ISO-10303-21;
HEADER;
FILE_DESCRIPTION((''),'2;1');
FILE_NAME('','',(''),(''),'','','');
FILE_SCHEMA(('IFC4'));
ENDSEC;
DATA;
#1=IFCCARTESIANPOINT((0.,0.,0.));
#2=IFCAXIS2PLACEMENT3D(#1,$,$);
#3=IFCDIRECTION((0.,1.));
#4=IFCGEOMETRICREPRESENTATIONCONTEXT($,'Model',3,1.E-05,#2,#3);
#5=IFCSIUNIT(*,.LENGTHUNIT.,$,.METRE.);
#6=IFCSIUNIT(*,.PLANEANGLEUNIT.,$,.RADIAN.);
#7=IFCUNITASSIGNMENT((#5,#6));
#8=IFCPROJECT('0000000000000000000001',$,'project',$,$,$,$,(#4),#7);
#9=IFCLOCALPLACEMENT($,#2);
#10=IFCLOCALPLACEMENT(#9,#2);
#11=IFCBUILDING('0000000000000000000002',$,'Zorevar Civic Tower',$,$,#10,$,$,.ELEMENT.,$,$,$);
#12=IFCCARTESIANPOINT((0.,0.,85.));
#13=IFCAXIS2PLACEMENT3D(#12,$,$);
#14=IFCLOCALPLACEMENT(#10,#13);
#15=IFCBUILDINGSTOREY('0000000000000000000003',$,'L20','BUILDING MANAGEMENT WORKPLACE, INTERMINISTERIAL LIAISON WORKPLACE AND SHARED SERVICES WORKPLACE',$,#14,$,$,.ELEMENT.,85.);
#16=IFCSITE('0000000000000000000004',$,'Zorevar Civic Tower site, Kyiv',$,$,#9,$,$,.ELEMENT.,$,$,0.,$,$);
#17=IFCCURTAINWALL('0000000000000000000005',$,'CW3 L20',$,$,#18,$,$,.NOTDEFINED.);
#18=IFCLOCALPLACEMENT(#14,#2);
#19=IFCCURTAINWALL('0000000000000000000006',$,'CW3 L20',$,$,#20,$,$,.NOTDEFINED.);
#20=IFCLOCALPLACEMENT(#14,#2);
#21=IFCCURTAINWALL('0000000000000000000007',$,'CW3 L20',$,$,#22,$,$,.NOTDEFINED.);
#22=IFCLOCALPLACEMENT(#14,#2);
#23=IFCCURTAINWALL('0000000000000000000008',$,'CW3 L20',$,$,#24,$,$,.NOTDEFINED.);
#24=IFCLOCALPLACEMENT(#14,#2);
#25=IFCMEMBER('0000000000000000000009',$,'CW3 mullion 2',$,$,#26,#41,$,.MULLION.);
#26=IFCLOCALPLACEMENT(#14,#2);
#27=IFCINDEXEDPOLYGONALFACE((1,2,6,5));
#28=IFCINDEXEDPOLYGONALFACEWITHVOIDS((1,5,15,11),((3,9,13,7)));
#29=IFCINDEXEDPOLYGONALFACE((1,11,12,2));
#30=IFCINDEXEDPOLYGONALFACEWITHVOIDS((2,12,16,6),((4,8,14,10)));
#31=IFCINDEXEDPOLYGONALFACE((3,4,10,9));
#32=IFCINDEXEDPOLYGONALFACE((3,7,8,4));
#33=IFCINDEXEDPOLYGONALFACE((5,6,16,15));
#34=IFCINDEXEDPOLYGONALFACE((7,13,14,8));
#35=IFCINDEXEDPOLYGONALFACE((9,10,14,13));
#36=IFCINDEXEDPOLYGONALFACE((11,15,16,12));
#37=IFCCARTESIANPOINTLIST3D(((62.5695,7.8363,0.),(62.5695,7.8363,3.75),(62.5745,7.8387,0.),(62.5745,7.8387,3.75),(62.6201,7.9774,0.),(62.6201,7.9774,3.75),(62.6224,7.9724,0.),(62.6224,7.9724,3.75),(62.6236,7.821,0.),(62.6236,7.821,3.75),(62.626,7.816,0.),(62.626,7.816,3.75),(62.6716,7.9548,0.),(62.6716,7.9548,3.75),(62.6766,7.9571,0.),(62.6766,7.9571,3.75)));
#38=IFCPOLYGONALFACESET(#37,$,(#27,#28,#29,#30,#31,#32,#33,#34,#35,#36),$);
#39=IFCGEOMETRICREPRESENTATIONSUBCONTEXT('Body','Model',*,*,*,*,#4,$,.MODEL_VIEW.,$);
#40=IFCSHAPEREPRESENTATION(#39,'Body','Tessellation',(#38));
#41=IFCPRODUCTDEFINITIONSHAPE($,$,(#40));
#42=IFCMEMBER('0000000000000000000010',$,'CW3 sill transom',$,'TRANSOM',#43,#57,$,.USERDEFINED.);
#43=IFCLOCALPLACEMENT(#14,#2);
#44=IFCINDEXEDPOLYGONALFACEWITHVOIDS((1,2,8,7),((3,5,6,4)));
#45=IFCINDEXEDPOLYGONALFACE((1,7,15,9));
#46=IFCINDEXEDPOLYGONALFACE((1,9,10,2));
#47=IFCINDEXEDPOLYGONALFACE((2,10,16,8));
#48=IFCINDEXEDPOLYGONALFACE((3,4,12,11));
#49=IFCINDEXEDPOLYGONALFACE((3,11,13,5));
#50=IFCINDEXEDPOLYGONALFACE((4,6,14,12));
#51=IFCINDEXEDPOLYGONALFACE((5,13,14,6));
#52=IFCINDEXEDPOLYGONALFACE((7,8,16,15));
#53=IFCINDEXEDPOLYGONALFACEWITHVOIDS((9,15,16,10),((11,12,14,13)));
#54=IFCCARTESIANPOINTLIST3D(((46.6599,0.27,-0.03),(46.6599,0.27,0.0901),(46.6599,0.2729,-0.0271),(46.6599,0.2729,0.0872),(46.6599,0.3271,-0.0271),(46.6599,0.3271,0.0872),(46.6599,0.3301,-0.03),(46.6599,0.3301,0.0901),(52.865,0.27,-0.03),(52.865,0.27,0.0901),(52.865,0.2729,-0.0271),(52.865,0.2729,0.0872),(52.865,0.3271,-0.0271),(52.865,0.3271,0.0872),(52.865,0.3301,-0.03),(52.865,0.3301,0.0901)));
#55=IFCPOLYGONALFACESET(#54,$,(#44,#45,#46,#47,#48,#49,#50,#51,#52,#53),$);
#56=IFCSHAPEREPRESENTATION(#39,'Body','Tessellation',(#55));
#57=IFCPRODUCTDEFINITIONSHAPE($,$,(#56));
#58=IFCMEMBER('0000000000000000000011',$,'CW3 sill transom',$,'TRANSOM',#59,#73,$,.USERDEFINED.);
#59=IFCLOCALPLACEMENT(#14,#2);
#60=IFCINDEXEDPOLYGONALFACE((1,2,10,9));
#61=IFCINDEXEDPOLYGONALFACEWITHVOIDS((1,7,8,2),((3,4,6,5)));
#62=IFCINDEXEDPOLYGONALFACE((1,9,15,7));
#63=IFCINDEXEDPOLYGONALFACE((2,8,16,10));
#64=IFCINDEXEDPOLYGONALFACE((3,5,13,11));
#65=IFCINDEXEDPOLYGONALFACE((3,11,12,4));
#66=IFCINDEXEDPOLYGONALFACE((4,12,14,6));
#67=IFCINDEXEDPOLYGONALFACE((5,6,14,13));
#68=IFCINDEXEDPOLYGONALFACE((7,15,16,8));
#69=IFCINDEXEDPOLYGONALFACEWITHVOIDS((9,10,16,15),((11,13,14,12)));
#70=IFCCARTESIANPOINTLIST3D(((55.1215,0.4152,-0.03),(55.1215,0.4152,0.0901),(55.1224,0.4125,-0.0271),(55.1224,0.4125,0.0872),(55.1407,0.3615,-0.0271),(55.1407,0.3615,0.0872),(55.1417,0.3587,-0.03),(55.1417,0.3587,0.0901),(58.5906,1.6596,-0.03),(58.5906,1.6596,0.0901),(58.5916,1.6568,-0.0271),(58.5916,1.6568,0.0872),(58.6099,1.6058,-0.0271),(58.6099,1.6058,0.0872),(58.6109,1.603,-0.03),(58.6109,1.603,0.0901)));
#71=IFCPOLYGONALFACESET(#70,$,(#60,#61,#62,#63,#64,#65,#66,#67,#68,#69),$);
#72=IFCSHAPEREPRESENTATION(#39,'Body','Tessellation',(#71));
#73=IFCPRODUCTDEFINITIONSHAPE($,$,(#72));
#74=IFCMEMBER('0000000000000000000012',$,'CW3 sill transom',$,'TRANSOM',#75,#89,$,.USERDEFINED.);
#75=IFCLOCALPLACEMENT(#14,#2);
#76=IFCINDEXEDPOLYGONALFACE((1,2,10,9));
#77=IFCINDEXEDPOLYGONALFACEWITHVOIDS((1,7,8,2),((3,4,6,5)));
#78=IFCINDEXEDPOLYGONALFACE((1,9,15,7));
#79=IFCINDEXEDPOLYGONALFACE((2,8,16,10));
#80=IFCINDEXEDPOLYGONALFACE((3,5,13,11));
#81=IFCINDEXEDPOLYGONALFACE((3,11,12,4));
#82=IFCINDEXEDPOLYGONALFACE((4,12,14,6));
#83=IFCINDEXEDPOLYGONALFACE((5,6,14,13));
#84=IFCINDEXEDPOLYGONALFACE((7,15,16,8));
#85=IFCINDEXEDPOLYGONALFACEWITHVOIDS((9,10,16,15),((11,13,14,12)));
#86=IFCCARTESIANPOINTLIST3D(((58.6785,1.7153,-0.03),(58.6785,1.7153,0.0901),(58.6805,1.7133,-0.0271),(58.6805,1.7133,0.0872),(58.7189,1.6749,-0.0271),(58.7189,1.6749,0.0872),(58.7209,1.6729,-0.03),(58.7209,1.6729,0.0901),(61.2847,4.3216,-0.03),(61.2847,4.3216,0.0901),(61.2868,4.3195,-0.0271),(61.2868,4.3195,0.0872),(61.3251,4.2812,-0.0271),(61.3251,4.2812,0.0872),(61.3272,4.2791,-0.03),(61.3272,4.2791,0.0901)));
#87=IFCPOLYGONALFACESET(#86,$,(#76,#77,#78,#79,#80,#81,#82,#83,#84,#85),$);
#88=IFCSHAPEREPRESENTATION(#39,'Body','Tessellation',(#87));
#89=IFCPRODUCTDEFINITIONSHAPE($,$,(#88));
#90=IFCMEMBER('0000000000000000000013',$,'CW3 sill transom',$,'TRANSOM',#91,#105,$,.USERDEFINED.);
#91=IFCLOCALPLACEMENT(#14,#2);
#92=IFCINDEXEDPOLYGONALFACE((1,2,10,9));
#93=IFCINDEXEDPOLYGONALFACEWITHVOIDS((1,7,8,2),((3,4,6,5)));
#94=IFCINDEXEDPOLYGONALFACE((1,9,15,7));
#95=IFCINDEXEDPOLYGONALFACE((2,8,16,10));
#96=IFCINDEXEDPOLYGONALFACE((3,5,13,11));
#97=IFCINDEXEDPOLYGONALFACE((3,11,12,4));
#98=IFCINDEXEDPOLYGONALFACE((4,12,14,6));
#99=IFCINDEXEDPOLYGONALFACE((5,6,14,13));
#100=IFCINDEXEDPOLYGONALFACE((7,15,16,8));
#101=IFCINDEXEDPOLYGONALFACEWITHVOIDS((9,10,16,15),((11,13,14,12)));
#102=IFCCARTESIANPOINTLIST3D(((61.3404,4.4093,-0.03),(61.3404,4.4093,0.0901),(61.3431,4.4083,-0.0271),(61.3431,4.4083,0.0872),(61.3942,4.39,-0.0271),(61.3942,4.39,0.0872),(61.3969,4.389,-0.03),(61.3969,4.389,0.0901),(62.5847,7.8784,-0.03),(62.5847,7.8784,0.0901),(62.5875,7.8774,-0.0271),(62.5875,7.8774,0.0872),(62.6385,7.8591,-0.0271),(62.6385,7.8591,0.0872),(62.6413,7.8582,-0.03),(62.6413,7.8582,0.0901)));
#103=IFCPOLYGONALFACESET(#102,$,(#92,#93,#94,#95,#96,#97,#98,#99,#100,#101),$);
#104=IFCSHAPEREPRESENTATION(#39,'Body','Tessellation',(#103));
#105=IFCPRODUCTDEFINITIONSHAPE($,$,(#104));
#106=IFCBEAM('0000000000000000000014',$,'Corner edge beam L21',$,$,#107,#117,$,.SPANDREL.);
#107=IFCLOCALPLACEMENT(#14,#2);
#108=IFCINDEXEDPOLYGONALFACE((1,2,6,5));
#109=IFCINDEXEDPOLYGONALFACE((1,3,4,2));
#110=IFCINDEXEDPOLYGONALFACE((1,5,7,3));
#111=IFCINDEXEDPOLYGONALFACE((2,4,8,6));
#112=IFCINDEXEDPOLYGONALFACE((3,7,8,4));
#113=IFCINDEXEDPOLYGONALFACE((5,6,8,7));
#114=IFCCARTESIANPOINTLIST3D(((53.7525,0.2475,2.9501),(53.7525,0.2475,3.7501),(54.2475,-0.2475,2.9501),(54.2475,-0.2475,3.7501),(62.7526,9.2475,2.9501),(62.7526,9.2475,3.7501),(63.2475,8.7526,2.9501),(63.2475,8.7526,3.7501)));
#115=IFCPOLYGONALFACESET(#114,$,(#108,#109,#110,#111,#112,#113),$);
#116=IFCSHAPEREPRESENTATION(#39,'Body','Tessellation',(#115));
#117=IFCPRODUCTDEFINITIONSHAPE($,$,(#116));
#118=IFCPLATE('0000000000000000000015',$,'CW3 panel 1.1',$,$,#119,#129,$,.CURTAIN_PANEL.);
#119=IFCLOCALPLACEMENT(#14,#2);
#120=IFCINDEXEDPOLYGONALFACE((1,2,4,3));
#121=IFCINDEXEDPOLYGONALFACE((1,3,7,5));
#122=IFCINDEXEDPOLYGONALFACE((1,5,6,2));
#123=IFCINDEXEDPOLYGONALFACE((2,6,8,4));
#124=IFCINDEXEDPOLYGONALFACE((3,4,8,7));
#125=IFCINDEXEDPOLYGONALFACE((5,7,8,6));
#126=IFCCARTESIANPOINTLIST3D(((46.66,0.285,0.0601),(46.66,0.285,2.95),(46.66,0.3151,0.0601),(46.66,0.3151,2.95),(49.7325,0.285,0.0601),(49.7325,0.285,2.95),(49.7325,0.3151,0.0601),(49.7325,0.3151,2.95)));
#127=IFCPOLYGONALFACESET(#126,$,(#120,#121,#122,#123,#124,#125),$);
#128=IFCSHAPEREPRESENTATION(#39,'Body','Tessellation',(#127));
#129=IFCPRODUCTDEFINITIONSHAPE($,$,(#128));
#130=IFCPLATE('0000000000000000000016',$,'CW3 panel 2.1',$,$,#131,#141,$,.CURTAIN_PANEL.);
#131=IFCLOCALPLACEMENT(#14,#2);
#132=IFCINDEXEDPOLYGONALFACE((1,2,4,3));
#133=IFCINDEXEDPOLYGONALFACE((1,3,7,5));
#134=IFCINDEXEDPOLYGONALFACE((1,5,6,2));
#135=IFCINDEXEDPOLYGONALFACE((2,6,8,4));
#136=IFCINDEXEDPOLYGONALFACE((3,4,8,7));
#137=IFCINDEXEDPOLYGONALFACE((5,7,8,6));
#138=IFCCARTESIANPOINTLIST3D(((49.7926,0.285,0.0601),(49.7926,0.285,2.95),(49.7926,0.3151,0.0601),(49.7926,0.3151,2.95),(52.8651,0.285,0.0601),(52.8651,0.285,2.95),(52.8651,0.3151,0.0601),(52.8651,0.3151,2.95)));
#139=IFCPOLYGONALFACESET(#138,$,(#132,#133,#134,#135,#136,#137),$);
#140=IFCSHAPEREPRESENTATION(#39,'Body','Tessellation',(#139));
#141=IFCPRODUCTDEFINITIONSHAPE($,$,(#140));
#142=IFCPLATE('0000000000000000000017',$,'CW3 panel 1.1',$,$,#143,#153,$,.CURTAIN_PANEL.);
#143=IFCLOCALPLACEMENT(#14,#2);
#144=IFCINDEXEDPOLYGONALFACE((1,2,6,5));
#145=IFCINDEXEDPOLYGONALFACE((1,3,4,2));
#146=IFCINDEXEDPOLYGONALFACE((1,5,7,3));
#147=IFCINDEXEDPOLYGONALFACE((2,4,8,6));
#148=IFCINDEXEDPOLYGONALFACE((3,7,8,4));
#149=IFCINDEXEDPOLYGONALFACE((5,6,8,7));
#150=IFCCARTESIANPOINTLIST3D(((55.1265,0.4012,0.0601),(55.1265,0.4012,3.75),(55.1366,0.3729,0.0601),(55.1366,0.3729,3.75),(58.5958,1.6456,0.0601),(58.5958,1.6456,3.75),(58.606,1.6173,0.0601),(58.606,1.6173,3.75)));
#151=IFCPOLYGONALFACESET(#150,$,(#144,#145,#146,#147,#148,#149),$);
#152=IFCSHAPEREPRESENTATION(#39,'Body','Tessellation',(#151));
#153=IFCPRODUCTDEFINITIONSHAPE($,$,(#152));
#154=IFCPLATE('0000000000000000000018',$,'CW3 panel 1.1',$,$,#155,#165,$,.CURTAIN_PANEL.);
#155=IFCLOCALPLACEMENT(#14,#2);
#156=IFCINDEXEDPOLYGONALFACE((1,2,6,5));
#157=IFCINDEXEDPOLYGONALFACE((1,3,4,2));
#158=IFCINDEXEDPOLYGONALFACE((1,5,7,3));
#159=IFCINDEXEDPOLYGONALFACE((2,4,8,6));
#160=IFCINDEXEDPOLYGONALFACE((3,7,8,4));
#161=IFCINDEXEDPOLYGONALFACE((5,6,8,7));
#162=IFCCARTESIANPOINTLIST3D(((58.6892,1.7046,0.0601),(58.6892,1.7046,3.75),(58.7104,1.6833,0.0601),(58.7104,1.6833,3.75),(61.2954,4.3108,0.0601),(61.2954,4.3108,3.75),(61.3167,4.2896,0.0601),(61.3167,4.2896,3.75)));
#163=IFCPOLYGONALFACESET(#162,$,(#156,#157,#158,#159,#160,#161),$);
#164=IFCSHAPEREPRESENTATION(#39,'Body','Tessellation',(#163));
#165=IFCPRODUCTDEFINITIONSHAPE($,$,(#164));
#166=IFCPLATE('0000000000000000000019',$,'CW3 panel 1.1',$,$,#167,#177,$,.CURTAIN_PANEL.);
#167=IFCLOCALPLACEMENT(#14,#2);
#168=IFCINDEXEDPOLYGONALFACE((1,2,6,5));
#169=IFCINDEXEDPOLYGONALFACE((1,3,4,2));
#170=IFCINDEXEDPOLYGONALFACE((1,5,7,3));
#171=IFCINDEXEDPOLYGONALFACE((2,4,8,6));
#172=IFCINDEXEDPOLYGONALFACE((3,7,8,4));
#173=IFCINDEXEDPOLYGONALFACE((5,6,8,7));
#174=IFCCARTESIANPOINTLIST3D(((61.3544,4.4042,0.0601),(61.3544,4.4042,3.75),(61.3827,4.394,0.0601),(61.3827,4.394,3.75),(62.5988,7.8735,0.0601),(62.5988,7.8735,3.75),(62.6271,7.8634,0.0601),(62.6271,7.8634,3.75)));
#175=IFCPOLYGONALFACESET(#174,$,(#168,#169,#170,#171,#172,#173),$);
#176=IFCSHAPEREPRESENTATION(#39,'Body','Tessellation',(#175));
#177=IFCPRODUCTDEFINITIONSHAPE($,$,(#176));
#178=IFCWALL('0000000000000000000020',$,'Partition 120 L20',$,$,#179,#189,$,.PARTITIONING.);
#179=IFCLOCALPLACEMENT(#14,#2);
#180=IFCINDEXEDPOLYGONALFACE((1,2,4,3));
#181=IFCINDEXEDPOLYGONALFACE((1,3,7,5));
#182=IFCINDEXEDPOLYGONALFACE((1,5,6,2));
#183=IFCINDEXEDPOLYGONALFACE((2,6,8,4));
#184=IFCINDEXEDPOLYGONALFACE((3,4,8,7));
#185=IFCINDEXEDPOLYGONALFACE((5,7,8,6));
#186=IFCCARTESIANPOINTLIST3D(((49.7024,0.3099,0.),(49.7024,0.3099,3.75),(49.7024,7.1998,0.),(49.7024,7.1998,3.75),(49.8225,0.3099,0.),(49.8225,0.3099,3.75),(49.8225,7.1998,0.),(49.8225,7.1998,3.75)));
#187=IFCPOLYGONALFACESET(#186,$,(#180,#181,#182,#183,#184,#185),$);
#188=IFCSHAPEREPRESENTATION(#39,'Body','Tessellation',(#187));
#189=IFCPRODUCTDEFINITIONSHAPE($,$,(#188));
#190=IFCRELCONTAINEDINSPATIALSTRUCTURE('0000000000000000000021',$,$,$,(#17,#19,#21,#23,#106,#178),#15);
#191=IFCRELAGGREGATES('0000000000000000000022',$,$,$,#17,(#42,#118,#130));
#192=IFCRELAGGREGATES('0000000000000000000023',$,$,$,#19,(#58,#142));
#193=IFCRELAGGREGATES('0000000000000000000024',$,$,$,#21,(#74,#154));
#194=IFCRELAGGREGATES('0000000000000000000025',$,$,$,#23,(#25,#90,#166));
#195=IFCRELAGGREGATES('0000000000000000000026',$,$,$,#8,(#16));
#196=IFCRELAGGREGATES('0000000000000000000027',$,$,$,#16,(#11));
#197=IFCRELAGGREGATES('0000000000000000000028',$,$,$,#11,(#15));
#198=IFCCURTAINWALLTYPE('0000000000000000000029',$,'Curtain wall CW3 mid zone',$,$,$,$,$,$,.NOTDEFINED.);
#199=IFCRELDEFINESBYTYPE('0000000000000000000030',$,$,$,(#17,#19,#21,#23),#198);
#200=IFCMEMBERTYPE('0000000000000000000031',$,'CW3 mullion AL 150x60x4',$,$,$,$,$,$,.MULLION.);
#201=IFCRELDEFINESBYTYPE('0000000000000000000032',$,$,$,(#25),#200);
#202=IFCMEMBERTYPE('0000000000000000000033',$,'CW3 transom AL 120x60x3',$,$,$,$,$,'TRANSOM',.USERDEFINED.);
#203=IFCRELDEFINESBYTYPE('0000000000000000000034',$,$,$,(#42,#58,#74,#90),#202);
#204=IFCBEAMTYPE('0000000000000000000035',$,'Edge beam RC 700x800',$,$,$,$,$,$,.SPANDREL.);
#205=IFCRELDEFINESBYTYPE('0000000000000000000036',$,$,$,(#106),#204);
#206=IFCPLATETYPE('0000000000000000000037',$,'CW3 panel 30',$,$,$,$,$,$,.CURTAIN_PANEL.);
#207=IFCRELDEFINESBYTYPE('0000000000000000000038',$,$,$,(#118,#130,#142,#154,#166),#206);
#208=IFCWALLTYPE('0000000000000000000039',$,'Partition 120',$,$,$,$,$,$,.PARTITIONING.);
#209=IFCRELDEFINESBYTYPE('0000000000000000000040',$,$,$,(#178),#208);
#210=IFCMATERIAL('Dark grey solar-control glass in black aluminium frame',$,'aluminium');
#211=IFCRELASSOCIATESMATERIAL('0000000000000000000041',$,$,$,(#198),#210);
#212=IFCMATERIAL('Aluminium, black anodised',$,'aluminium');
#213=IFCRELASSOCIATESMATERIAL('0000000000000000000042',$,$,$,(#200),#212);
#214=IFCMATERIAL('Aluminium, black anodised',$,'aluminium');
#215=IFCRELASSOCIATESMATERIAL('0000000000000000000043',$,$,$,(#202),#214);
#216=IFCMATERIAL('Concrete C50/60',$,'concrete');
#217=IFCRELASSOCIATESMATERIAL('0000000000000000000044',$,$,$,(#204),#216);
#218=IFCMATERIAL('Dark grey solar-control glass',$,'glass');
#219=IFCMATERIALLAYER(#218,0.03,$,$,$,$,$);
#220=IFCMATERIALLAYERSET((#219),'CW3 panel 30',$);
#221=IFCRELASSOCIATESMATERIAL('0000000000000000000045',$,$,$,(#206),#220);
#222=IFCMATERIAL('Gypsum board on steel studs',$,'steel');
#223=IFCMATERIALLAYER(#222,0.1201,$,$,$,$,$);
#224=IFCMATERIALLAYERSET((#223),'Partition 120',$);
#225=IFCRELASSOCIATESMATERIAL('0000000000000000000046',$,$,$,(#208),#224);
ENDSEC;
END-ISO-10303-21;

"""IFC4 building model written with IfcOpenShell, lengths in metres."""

from ifc_helpers import new_model, si_unit, direction, frame, frame_2d, origin, origin_2d, place, context, subcontext, project, spatial, rectangle, hollow_rectangle, extrude, material, layer, layer_set, material_profile, profile_set, type_object, element, aggregate, save


model = new_model("IFC4")

# Units and contexts
model_context = context("Model", 3, precision=1e-05, world=origin(), true_north=direction((0.0, 1.0)))
body_context = subcontext(model_context, "Body", "Model", "MODEL_VIEW")
ifc_project = project(units=[si_unit("LENGTHUNIT", "METRE"), si_unit("PLANEANGLEUNIT", "RADIAN")], contexts=[model_context])

# Site, building, storey
site_placement = place(None, origin())
site = spatial("IfcSite", under=ifc_project, at=site_placement, Name="Zorevar Civic Tower site, Kyiv", CompositionType="ELEMENT", RefElevation=0.0)
building_placement = place(site_placement, origin())
building = spatial("IfcBuilding", under=site, at=building_placement, Name="Zorevar Civic Tower", CompositionType="ELEMENT")
storey_placement = place(building_placement, frame((0.0, 0.0, 85.0)))
storey = spatial("IfcBuildingStorey", under=building, at=storey_placement, Name="L20", Description="BUILDING MANAGEMENT WORKPLACE, INTERMINISTERIAL LIAISON WORKPLACE AND SHARED SERVICES WORKPLACE", CompositionType="ELEMENT", Elevation=85.0)

# Curtain walls, member
ifc_material_1 = material(Name="Dark grey solar-control glass in black aluminium frame", Category="aluminium")
curtain_wall_type = type_object("IfcCurtainWallType", Name="Curtain wall CW3 mid zone", PredefinedType="NOTDEFINED", material=ifc_material_1)
curtain_wall_1_placement = place(storey_placement, origin())
curtain_wall_1 = element("IfcCurtainWall", 1, at=curtain_wall_1_placement, inside=storey, type_object=curtain_wall_type, Name="CW3 L20", PredefinedType="NOTDEFINED")
ifc_material_2 = material(Name="Aluminium, black anodised", Category="aluminium")
ifc_material_profile_1 = material_profile(ifc_material_2, hollow_rectangle(XDim=0.0601, YDim=0.1499, WallThickness=0.0039, at=origin_2d()), Name="AL 150x60x4")
ifc_profile_set_1 = profile_set([ifc_material_profile_1], Name="Aluminium, black anodised")
member_type_1 = type_object("IfcMemberType", Name="CW3 mullion AL 150x60x4", PredefinedType="MULLION", material=ifc_profile_set_1)
curtain_wall_2_placement = place(storey_placement, origin())
curtain_wall_2 = element("IfcCurtainWall", 2, at=curtain_wall_2_placement, inside=storey, type_object=curtain_wall_type, Name="CW3 L20", PredefinedType="NOTDEFINED")
curtain_wall_3_placement = place(storey_placement, origin())
curtain_wall_3 = element("IfcCurtainWall", 3, at=curtain_wall_3_placement, inside=storey, type_object=curtain_wall_type, Name="CW3 L20", PredefinedType="NOTDEFINED")
curtain_wall_4_placement = place(storey_placement, origin())
curtain_wall_4 = element("IfcCurtainWall", 4, at=curtain_wall_4_placement, inside=storey, type_object=curtain_wall_type, Name="CW3 L20", PredefinedType="NOTDEFINED")
member_1_placement = place(storey_placement, frame((62.623, 7.8967, 0.0), z_axis=(0.0, 0.0, 1.0), x_axis=(-0.941282, 0.337623, 0.0)))
member_1 = element("IfcMember", 5, at=member_1_placement, type_object=member_type_1, Name="CW3 mullion 2", PredefinedType="MULLION", context=body_context, shape_type="SweptSolid", body=[
    extrude(hollow_rectangle(XDim=0.0601, YDim=0.1499, WallThickness=0.0039, at=origin_2d()), origin(), (0.0, 0.0, 1.0), 3.75),
])

# Members
ifc_material_3 = material(Name="Aluminium, black anodised", Category="aluminium")
ifc_material_profile_2 = material_profile(ifc_material_3, hollow_rectangle(XDim=0.0601, YDim=0.1201, WallThickness=0.0029, at=origin_2d()), Name="AL 120x60x3")
ifc_profile_set_2 = profile_set([ifc_material_profile_2], Name="Aluminium, black anodised")
member_type_2 = type_object("IfcMemberType", Name="CW3 transom AL 120x60x3", ElementType="TRANSOM", PredefinedType="USERDEFINED", material=ifc_profile_set_2)
member_2_placement = place(storey_placement, frame((46.6599, 0.3, 0.03), z_axis=(1.0, 0.0, 0.0), x_axis=(0.0, 1.0, 0.0)))
member_2 = element("IfcMember", 6, at=member_2_placement, type_object=member_type_2, Name="CW3 sill transom", ObjectType="TRANSOM", PredefinedType="USERDEFINED", context=body_context, shape_type="SweptSolid", body=[
    extrude(hollow_rectangle(XDim=0.0601, YDim=0.1201, WallThickness=0.0029, at=origin_2d()), origin(), (0.0, 0.0, 1.0), 6.2051),
])
member_3_placement = place(storey_placement, frame((55.1316, 0.387, 0.03), z_axis=(0.941279, 0.337629, 0.0), x_axis=(-0.337629, 0.941279, 0.0)))
member_3 = element("IfcMember", 7, at=member_3_placement, type_object=member_type_2, Name="CW3 sill transom", ObjectType="TRANSOM", PredefinedType="USERDEFINED", context=body_context, shape_type="SweptSolid", body=[
    extrude(hollow_rectangle(XDim=0.0601, YDim=0.1201, WallThickness=0.0029, at=origin_2d()), origin(), (0.0, 0.0, 1.0), 3.6855),
])
member_4_placement = place(storey_placement, frame((58.6997, 1.6941, 0.03), z_axis=(0.707107, 0.707107, 0.0), x_axis=(-0.707107, 0.707107, 0.0)))
member_4 = element("IfcMember", 8, at=member_4_placement, type_object=member_type_2, Name="CW3 sill transom", ObjectType="TRANSOM", PredefinedType="USERDEFINED", context=body_context, shape_type="SweptSolid", body=[
    extrude(hollow_rectangle(XDim=0.0601, YDim=0.1201, WallThickness=0.0029, at=origin_2d()), origin(), (0.0, 0.0, 1.0), 3.6858),
])
member_5_placement = place(storey_placement, frame((61.3687, 4.3992, 0.03), z_axis=(0.337629, 0.941279, 0.0), x_axis=(-0.941279, 0.337629, 0.0)))
member_5 = element("IfcMember", 9, at=member_5_placement, type_object=member_type_2, Name="CW3 sill transom", ObjectType="TRANSOM", PredefinedType="USERDEFINED", context=body_context, shape_type="SweptSolid", body=[
    extrude(hollow_rectangle(XDim=0.0601, YDim=0.1201, WallThickness=0.0029, at=origin_2d()), origin(), (0.0, 0.0, 1.0), 3.6855),
])

# Beam
ifc_material_4 = material(Name="Concrete C50/60", Category="concrete")
ifc_material_profile_3 = material_profile(ifc_material_4, rectangle(XDim=0.7, YDim=0.8, at=origin_2d()), Name="RC 700x800")
ifc_profile_set_3 = profile_set([ifc_material_profile_3], Name="Concrete C50/60")
beam_type_1 = type_object("IfcBeamType", Name="Edge beam RC 700x800", PredefinedType="SPANDREL", material=ifc_profile_set_3)
beam_1_placement = place(storey_placement, frame((54.0, 0.0, 3.3501), z_axis=(0.707107, 0.707107, 0.0), x_axis=(-0.707107, 0.707107, 0.0)))
element("IfcBeam", 10, at=beam_1_placement, inside=storey, type_object=beam_type_1, Name="Corner edge beam L21", PredefinedType="SPANDREL", context=body_context, shape_type="SweptSolid", body=[
    extrude(rectangle(XDim=0.7, YDim=0.8, at=origin_2d()), origin(), (0.0, 0.0, 1.0), 12.728),
])

# Plates
ifc_material_5 = material(Name="Dark grey solar-control glass", Category="glass")
ifc_layer_1 = layer(ifc_material_5, 0.03)
ifc_layer_set_1 = layer_set([ifc_layer_1], Name="CW3 panel 30")
plate_type = type_object("IfcPlateType", Name="CW3 panel 30", PredefinedType="CURTAIN_PANEL", material=ifc_layer_set_1)
plate_1_placement = place(storey_placement, frame((48.1963, 0.3, 0.0601), z_axis=(0.0, 0.0, 1.0), x_axis=(1.0, 0.0, 0.0)))
plate_1 = element("IfcPlate", 11, at=plate_1_placement, type_object=plate_type, Name="CW3 panel 1.1", PredefinedType="CURTAIN_PANEL", context=body_context, shape_type="SweptSolid", body=[
    extrude(rectangle(XDim=3.0725, YDim=0.03, at=origin_2d()), origin(), (0.0, 0.0, 1.0), 2.8899),
])
plate_2_placement = place(storey_placement, frame((51.3289, 0.3, 0.0601), z_axis=(0.0, 0.0, 1.0), x_axis=(1.0, 0.0, 0.0)))
plate_2 = element("IfcPlate", 12, at=plate_2_placement, type_object=plate_type, Name="CW3 panel 2.1", PredefinedType="CURTAIN_PANEL", context=body_context, shape_type="SweptSolid", body=[
    extrude(rectangle(XDim=3.0725, YDim=0.03, at=origin_2d()), origin(), (0.0, 0.0, 1.0), 2.8899),
])
aggregate(curtain_wall_1, [member_2, plate_1, plate_2])
plate_3_placement = place(storey_placement, frame((56.8662, 1.0093, 0.0601), z_axis=(0.0, 0.0, 1.0), x_axis=(0.941282, 0.337623, 0.0)))
plate_3 = element("IfcPlate", 13, at=plate_3_placement, type_object=plate_type, Name="CW3 panel 1.1", PredefinedType="CURTAIN_PANEL", context=body_context, shape_type="SweptSolid", body=[
    extrude(rectangle(XDim=3.6858, YDim=0.03, at=origin_2d()), origin(), (0.0, 0.0, 1.0), 3.6899),
])
aggregate(curtain_wall_2, [member_3, plate_3])
plate_4_placement = place(storey_placement, frame((60.0029, 2.9971, 0.0601), z_axis=(0.0, 0.0, 1.0), x_axis=(0.707107, 0.707107, 0.0)))
plate_4 = element("IfcPlate", 14, at=plate_4_placement, type_object=plate_type, Name="CW3 panel 1.1", PredefinedType="CURTAIN_PANEL", context=body_context, shape_type="SweptSolid", body=[
    extrude(rectangle(XDim=3.6858, YDim=0.03, at=origin_2d()), origin(), (0.0, 0.0, 1.0), 3.6899),
])
aggregate(curtain_wall_3, [member_4, plate_4])
plate_5_placement = place(storey_placement, frame((61.9907, 6.1338, 0.0601), z_axis=(0.0, 0.0, 1.0), x_axis=(0.337623, 0.941282, 0.0)))
plate_5 = element("IfcPlate", 15, at=plate_5_placement, type_object=plate_type, Name="CW3 panel 1.1", PredefinedType="CURTAIN_PANEL", context=body_context, shape_type="SweptSolid", body=[
    extrude(rectangle(XDim=3.6858, YDim=0.03, at=origin_2d()), origin(), (0.0, 0.0, 1.0), 3.6899),
])
aggregate(curtain_wall_4, [member_1, member_5, plate_5])

# Wall
ifc_material_6 = material(Name="Gypsum board on steel studs", Category="steel")
ifc_layer_2 = layer(ifc_material_6, 0.1201)
ifc_layer_set_2 = layer_set([ifc_layer_2], Name="Partition 120")
wall_type = type_object("IfcWallType", Name="Partition 120", PredefinedType="PARTITIONING", material=ifc_layer_set_2)
wall_placement = place(storey_placement, frame((49.7625, 0.3101, 0.0), z_axis=(0.0, 0.0, 1.0), x_axis=(0.0, 1.0, 0.0)))
element("IfcWall", 16, at=wall_placement, inside=storey, type_object=wall_type, Name="Partition 120 L20", PredefinedType="PARTITIONING", context=body_context, shape_type="SweptSolid", body=[
    extrude(rectangle(XDim=6.8899, YDim=0.1201, at=frame_2d((3.4448, 0.0))), origin(), (0.0, 0.0, 1.0), 3.75),
])

save(model, "model.ifc")
